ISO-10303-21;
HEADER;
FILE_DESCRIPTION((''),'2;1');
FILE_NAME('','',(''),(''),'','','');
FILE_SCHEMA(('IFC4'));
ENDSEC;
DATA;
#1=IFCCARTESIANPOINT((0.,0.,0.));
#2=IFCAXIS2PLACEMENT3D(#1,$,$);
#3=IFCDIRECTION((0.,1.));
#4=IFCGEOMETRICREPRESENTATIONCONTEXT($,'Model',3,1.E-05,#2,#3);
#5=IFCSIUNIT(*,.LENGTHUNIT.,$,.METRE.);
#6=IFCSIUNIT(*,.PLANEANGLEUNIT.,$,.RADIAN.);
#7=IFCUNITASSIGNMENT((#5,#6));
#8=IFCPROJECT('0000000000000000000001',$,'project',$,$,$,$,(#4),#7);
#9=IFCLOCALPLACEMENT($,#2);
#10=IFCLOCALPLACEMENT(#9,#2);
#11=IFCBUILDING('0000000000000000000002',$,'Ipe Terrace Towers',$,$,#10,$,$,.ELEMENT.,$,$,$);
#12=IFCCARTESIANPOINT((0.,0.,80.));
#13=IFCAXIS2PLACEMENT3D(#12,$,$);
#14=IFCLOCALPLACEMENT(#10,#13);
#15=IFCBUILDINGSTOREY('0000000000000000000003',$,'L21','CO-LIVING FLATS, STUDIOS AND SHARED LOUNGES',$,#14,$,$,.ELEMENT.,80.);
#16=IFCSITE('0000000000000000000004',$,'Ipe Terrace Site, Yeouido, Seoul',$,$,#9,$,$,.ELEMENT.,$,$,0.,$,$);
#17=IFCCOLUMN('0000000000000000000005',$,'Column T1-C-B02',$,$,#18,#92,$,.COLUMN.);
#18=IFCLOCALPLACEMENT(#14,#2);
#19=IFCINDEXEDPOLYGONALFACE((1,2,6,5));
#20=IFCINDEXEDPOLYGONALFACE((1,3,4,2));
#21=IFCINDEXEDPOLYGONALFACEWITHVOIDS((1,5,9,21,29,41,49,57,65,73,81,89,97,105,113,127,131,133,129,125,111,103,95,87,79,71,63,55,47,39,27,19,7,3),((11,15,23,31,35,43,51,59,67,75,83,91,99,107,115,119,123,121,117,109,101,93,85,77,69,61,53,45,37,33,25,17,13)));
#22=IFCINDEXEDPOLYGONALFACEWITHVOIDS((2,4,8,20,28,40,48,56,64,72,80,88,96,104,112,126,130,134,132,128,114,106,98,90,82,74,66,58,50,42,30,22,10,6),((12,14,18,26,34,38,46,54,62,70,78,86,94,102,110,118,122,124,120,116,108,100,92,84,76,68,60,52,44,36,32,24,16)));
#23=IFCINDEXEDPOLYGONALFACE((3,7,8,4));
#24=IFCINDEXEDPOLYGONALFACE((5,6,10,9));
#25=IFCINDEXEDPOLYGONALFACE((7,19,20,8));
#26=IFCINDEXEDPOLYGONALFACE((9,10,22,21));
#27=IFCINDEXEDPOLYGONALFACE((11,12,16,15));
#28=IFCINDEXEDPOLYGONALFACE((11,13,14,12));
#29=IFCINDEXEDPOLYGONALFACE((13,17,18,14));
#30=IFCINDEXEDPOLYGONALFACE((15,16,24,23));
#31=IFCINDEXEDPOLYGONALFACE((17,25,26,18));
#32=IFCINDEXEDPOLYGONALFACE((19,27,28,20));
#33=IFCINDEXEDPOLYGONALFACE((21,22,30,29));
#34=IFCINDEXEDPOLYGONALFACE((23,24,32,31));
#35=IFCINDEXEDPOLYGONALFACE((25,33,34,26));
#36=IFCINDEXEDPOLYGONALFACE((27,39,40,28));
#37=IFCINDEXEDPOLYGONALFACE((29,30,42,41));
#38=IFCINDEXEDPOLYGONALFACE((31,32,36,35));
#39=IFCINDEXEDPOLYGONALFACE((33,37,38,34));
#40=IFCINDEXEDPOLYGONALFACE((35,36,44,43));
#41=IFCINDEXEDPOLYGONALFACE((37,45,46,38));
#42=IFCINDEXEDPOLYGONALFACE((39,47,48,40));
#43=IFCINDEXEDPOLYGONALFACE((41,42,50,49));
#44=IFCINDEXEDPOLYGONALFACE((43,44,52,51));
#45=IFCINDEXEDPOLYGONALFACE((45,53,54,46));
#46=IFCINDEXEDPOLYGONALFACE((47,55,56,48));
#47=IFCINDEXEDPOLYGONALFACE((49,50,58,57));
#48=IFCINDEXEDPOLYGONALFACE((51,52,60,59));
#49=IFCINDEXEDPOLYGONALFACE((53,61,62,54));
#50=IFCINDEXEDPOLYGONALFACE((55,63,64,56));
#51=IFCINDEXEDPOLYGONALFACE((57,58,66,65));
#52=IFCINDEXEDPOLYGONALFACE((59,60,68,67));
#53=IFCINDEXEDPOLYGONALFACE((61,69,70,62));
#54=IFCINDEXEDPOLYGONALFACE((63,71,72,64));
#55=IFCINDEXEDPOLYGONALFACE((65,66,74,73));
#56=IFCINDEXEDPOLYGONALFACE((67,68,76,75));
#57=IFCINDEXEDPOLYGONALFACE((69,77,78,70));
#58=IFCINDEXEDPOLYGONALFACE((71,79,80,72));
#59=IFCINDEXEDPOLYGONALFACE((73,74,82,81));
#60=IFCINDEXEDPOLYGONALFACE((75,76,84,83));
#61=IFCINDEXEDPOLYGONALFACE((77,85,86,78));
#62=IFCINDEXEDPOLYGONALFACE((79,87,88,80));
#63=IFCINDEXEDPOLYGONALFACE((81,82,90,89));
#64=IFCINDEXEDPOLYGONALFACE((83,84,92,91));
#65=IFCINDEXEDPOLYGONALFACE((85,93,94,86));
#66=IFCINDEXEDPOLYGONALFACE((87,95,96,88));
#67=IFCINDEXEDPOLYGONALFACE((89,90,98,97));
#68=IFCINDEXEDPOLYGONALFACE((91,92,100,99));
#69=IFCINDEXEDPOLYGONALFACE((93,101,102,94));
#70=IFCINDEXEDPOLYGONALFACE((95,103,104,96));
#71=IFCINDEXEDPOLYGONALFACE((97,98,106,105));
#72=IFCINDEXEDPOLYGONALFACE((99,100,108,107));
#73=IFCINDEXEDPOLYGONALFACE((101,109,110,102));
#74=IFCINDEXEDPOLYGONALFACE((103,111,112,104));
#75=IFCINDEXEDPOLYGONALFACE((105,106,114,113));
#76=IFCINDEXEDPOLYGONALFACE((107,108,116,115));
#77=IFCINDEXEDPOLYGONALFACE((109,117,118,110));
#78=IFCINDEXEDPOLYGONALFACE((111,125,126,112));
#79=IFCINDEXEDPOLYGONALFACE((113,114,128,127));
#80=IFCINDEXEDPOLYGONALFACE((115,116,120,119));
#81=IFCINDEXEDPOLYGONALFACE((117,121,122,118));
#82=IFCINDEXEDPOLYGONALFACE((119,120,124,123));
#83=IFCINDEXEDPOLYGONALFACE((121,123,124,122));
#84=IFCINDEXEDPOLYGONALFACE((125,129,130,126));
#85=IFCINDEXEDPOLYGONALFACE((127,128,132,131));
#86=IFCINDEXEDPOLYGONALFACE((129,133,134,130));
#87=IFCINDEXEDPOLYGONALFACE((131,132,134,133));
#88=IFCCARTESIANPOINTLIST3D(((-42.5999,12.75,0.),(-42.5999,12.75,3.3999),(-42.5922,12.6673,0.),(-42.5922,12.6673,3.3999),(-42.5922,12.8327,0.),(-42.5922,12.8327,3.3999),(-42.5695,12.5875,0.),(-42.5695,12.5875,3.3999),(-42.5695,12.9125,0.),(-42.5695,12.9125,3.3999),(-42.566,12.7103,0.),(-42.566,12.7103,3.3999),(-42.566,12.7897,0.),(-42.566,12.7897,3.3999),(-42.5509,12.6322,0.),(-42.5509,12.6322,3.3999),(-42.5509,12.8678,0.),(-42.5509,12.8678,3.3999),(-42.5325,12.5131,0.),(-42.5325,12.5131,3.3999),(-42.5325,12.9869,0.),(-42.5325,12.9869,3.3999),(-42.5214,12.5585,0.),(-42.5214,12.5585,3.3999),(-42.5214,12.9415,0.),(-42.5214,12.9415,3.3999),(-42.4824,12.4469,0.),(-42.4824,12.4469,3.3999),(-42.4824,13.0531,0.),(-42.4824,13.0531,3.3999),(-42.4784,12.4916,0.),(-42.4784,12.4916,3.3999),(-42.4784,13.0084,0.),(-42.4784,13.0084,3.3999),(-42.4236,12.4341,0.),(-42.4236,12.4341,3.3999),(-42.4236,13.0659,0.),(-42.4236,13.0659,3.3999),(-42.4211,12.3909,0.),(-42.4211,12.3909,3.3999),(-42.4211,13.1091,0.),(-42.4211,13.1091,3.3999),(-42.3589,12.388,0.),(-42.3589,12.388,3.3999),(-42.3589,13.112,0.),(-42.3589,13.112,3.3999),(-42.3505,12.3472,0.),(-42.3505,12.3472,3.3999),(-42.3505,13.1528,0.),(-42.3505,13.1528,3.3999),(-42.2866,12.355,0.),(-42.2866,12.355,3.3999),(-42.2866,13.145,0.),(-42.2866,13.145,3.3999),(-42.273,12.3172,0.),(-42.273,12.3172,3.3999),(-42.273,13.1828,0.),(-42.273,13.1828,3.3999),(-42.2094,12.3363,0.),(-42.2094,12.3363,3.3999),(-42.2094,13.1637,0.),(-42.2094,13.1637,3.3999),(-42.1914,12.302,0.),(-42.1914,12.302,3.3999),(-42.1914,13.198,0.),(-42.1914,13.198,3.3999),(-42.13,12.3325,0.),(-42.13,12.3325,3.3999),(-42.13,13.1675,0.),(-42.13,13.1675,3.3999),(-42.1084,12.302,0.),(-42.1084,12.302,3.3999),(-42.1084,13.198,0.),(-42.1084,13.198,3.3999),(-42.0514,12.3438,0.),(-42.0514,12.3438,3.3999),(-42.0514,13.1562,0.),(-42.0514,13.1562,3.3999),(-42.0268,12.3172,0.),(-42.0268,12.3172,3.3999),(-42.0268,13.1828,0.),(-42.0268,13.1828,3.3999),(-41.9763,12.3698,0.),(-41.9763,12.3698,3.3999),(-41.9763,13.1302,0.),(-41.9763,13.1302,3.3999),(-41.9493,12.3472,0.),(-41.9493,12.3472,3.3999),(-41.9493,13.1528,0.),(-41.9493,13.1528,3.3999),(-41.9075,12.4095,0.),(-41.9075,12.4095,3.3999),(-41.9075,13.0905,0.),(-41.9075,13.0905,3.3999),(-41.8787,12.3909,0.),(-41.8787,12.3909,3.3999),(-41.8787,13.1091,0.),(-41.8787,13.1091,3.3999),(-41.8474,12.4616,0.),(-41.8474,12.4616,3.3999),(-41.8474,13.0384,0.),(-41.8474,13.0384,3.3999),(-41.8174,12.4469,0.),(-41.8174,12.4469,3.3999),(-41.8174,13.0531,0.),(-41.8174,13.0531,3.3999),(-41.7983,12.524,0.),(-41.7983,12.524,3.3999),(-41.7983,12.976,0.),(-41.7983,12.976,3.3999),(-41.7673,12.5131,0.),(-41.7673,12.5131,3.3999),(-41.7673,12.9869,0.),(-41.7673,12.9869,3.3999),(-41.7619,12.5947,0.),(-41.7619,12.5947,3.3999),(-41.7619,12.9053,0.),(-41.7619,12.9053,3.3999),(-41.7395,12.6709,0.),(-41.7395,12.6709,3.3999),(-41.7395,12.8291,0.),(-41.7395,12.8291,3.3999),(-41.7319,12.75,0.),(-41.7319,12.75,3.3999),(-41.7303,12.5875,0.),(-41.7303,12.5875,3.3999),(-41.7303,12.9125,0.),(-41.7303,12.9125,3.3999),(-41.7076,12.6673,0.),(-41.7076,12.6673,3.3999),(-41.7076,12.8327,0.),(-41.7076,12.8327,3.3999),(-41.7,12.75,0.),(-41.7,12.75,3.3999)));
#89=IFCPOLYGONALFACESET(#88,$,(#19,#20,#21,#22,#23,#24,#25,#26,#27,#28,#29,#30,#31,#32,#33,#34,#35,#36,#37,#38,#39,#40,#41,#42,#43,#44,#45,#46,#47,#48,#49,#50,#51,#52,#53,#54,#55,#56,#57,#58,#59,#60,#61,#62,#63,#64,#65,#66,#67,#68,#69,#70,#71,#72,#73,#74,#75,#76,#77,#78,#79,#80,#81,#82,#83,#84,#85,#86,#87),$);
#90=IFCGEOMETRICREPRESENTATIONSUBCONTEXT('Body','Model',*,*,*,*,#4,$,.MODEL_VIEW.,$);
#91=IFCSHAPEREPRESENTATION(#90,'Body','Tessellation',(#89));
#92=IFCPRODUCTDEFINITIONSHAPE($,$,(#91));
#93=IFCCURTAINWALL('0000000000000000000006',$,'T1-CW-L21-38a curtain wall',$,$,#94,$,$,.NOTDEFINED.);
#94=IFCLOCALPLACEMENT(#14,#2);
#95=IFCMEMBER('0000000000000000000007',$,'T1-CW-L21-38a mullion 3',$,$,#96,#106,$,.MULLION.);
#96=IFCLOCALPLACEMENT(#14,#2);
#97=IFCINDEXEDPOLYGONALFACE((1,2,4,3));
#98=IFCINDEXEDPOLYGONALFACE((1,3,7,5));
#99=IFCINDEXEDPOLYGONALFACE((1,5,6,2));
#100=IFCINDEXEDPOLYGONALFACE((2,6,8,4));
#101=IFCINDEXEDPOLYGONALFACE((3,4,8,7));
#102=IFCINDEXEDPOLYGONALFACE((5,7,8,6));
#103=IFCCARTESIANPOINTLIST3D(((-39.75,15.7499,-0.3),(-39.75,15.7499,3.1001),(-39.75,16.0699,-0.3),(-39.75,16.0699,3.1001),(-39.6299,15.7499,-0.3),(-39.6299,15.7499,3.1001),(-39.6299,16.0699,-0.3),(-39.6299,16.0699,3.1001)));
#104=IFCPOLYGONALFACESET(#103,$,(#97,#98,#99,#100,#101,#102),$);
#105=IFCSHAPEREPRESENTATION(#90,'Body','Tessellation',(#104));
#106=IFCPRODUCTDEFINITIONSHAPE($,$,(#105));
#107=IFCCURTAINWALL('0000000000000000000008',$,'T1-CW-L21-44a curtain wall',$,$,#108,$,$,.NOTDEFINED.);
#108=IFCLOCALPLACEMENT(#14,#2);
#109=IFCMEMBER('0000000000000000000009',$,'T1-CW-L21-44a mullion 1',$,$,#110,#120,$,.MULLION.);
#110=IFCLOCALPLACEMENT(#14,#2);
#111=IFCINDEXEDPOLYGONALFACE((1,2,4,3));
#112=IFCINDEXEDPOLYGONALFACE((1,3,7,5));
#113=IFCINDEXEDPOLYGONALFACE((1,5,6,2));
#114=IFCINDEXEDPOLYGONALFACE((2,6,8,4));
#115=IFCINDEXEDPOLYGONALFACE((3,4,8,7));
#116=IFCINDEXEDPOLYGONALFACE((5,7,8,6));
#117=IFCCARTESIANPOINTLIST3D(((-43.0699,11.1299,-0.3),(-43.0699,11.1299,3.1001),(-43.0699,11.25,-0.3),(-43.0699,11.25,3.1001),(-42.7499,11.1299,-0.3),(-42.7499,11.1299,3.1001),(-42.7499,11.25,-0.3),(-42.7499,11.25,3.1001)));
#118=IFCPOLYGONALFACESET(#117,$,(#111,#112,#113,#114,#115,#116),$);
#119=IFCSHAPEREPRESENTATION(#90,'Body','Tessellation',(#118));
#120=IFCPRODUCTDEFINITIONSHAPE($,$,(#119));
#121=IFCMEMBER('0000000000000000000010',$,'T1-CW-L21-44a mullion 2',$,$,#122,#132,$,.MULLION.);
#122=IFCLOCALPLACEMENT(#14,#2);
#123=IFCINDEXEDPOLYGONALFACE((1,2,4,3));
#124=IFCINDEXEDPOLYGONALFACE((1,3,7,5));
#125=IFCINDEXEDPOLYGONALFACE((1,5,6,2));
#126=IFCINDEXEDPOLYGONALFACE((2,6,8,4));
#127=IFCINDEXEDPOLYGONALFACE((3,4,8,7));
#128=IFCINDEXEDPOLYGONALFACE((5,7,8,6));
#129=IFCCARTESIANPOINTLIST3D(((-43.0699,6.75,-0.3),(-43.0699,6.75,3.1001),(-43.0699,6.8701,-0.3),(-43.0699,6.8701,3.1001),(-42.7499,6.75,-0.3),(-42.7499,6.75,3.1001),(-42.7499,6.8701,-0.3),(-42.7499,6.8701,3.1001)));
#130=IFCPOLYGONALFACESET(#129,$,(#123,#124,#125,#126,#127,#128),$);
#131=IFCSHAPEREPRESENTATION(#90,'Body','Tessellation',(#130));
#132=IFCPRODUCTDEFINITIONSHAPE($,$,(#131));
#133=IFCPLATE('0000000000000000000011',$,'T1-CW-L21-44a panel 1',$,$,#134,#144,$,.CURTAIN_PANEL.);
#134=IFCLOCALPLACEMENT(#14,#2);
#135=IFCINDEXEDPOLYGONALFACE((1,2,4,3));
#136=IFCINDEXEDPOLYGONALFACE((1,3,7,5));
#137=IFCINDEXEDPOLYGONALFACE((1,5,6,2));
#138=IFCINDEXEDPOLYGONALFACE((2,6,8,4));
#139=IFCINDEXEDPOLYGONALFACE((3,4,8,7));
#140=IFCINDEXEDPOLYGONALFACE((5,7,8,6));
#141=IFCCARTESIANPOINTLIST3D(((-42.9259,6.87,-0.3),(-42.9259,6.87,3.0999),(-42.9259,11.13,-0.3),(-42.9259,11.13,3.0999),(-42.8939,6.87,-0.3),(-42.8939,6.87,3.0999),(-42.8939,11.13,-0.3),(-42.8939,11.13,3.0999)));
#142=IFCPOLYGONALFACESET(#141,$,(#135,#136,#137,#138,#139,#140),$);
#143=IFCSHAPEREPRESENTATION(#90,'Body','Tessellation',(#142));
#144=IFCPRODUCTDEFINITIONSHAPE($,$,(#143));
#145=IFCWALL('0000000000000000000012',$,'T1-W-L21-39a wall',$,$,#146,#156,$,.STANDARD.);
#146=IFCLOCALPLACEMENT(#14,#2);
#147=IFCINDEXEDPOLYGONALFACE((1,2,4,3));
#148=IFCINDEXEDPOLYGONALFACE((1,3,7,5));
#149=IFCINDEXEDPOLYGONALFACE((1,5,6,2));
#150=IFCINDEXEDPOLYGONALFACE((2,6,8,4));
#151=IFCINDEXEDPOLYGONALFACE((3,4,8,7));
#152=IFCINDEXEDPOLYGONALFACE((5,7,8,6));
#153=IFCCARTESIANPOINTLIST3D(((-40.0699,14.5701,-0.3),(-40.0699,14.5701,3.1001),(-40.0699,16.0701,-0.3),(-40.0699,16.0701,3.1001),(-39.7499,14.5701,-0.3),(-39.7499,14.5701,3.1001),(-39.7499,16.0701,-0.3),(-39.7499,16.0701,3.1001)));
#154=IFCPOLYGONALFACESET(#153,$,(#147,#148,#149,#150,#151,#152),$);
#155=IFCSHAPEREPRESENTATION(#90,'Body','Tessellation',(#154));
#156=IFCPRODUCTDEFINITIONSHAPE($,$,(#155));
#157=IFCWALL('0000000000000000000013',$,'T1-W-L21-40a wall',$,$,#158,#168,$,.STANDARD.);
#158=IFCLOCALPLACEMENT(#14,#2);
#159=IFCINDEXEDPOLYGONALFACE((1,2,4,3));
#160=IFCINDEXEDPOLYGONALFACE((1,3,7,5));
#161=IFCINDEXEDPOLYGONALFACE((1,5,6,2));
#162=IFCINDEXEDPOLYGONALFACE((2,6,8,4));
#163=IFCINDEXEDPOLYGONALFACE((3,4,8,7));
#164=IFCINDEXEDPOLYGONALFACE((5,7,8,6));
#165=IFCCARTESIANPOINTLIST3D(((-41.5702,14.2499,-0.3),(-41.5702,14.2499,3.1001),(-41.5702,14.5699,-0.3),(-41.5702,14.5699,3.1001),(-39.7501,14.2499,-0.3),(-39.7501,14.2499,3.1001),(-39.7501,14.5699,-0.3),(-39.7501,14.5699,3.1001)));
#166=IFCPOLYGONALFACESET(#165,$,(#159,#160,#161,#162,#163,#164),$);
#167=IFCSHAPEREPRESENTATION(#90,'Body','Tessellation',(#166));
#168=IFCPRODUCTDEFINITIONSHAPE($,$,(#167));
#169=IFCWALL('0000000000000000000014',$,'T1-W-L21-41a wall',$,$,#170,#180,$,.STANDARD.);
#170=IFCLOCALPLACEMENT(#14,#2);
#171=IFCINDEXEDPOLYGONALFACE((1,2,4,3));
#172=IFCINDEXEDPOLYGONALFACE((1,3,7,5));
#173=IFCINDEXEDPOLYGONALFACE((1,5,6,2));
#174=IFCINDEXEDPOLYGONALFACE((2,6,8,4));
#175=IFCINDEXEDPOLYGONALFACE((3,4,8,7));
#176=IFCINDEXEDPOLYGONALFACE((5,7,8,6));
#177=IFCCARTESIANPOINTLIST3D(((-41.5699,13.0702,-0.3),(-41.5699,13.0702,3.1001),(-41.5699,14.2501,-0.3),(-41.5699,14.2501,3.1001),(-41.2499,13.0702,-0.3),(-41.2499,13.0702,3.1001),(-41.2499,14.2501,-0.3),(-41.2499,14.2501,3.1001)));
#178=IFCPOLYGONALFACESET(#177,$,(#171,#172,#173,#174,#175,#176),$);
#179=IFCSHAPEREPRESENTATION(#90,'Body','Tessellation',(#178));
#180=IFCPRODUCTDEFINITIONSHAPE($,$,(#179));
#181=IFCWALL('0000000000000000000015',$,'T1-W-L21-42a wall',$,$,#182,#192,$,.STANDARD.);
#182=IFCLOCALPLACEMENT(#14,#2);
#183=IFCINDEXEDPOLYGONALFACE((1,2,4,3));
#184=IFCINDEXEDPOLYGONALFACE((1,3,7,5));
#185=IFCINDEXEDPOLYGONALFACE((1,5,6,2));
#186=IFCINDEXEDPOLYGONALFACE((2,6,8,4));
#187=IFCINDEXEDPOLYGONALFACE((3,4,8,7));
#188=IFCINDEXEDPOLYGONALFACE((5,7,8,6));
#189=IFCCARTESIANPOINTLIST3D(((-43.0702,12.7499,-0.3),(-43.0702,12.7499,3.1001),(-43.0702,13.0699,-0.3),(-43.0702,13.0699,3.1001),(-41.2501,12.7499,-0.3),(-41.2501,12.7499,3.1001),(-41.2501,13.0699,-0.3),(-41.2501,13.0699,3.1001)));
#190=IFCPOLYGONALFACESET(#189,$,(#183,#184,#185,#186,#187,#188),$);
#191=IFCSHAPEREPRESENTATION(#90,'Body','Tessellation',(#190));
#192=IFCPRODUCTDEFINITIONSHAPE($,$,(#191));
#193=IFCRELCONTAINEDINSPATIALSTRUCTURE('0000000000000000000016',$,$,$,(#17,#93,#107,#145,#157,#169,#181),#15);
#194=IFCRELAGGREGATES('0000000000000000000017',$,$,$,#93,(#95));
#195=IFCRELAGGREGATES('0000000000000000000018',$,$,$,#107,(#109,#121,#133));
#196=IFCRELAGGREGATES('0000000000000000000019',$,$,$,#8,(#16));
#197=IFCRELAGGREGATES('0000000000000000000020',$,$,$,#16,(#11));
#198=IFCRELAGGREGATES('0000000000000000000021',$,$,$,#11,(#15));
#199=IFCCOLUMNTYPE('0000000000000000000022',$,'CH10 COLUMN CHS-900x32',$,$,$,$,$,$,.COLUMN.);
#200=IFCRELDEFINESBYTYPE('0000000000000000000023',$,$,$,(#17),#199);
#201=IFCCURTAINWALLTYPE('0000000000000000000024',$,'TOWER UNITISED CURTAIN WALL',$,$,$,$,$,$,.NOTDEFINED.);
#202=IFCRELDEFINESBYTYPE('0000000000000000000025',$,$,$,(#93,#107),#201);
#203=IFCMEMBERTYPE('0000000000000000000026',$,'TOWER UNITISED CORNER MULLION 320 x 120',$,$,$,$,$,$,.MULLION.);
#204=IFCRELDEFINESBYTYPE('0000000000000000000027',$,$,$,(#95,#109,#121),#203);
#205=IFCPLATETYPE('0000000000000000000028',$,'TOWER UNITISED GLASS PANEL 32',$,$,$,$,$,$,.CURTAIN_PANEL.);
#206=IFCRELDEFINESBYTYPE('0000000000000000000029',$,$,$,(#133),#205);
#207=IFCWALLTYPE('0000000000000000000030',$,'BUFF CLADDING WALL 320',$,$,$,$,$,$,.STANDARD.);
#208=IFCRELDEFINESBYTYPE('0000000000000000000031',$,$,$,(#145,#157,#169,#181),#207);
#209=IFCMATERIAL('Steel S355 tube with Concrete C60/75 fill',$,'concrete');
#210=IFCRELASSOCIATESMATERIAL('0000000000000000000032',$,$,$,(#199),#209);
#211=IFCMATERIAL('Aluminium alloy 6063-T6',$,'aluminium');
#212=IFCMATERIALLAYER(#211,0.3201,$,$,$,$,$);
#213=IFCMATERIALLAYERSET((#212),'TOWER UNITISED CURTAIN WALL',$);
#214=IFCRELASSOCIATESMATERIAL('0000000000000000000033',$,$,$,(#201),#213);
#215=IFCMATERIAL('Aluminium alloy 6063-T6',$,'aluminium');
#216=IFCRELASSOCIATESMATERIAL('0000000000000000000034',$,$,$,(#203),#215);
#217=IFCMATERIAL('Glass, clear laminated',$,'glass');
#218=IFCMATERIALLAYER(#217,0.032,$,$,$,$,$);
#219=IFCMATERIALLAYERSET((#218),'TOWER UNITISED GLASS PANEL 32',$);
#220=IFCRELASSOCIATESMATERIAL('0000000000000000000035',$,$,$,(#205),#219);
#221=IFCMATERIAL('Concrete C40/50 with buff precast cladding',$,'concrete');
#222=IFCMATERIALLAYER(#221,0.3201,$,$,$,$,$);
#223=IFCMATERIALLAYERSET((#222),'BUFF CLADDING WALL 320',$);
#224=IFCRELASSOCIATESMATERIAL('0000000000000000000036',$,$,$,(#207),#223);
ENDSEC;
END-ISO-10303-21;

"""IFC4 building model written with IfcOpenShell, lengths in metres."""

from ifc_helpers import new_model, si_unit, direction, frame, frame_2d, origin, origin_2d, place, context, subcontext, project, spatial, rectangle, hollow_circle, extrude, material, layer, layer_set, material_profile, profile_set, type_object, element, aggregate, save


model = new_model("IFC4")

# Units and contexts
model_context = context("Model", 3, precision=1e-05, world=origin(), true_north=direction((0.0, 1.0)))
body_context = subcontext(model_context, "Body", "Model", "MODEL_VIEW")
ifc_project = project(units=[si_unit("LENGTHUNIT", "METRE"), si_unit("PLANEANGLEUNIT", "RADIAN")], contexts=[model_context])

# Site, building, storey
site_placement = place(None, origin())
site = spatial("IfcSite", under=ifc_project, at=site_placement, Name="Ipe Terrace Site, Yeouido, Seoul", CompositionType="ELEMENT", RefElevation=0.0)
building_placement = place(site_placement, origin())
building = spatial("IfcBuilding", under=site, at=building_placement, Name="Ipe Terrace Towers", CompositionType="ELEMENT")
storey_placement = place(building_placement, frame((0.0, 0.0, 80.0)))
storey = spatial("IfcBuildingStorey", under=building, at=storey_placement, Name="L21", Description="CO-LIVING FLATS, STUDIOS AND SHARED LOUNGES", CompositionType="ELEMENT", Elevation=80.0)

# Column
ifc_material_1 = material(Name="Steel S355 tube with Concrete C60/75 fill", Category="concrete")
ifc_material_profile_1 = material_profile(ifc_material_1, hollow_circle(Radius=0.45, WallThickness=0.032, at=origin_2d()), Name="CHS-900x32")
ifc_profile_set_1 = profile_set([ifc_material_profile_1], Name="Steel S355 tube with Concrete C60/75 fill")
column_type = type_object("IfcColumnType", Name="CH10 COLUMN CHS-900x32", PredefinedType="COLUMN", material=ifc_profile_set_1)
column_placement = place(storey_placement, frame((-42.1499, 12.75, 0.0), z_axis=(0.0, 0.0, 1.0), x_axis=(1.0, 0.0, 0.0)))
element("IfcColumn", 1, at=column_placement, inside=storey, type_object=column_type, Name="Column T1-C-B02", PredefinedType="COLUMN", context=body_context, shape_type="SweptSolid", body=[
    extrude(hollow_circle(Radius=0.45, WallThickness=0.032, at=origin_2d()), origin(), (0.0, 0.0, 1.0), 3.3999),
])

# Curtain wall, member
ifc_material_2 = material(Name="Aluminium alloy 6063-T6", Category="aluminium")
ifc_layer_1 = layer(ifc_material_2, 0.3201)
ifc_layer_set_1 = layer_set([ifc_layer_1], Name="TOWER UNITISED CURTAIN WALL")
curtain_wall_type = type_object("IfcCurtainWallType", Name="TOWER UNITISED CURTAIN WALL", PredefinedType="NOTDEFINED", material=ifc_layer_set_1)
curtain_wall_1_placement = place(storey_placement, origin())
curtain_wall_1 = element("IfcCurtainWall", 2, at=curtain_wall_1_placement, inside=storey, type_object=curtain_wall_type, Name="T1-CW-L21-38a curtain wall", PredefinedType="NOTDEFINED")
ifc_material_3 = material(Name="Aluminium alloy 6063-T6", Category="aluminium")
ifc_material_profile_2 = material_profile(ifc_material_3, rectangle(XDim=0.3201, YDim=0.1201, at=origin_2d()), Name="TOWER UNITISED CORNER MULLION 320 x 120")
ifc_profile_set_2 = profile_set([ifc_material_profile_2], Name="Aluminium alloy 6063-T6")
member_type = type_object("IfcMemberType", Name="TOWER UNITISED CORNER MULLION 320 x 120", PredefinedType="MULLION", material=ifc_profile_set_2)
member_1_placement = place(storey_placement, frame((-39.6899, 15.9099, -0.3), z_axis=(0.0, 0.0, 1.0), x_axis=(0.0, 1.0, 0.0)))
member_1 = element("IfcMember", 3, at=member_1_placement, type_object=member_type, Name="T1-CW-L21-38a mullion 3", PredefinedType="MULLION", context=body_context, shape_type="SweptSolid", body=[
    extrude(rectangle(XDim=0.3201, YDim=0.1201, at=origin_2d()), origin(), (0.0, 0.0, 1.0), 3.4001),
])
aggregate(curtain_wall_1, [member_1])

# Curtain wall, members, plate
curtain_wall_2_placement = place(storey_placement, origin())
curtain_wall_2 = element("IfcCurtainWall", 4, at=curtain_wall_2_placement, inside=storey, type_object=curtain_wall_type, Name="T1-CW-L21-44a curtain wall", PredefinedType="NOTDEFINED")
member_2_placement = place(storey_placement, frame((-42.9099, 11.1899, -0.3), z_axis=(0.0, 0.0, 1.0), x_axis=(-1.0, 0.0, 0.0)))
member_2 = element("IfcMember", 5, at=member_2_placement, type_object=member_type, Name="T1-CW-L21-44a mullion 1", PredefinedType="MULLION", context=body_context, shape_type="SweptSolid", body=[
    extrude(rectangle(XDim=0.3201, YDim=0.1201, at=origin_2d()), origin(), (0.0, 0.0, 1.0), 3.4001),
])
member_3_placement = place(storey_placement, frame((-42.9099, 6.8101, -0.3), z_axis=(0.0, 0.0, 1.0), x_axis=(-1.0, 0.0, 0.0)))
member_3 = element("IfcMember", 6, at=member_3_placement, type_object=member_type, Name="T1-CW-L21-44a mullion 2", PredefinedType="MULLION", context=body_context, shape_type="SweptSolid", body=[
    extrude(rectangle(XDim=0.3201, YDim=0.1201, at=origin_2d()), origin(), (0.0, 0.0, 1.0), 3.4001),
])
ifc_material_4 = material(Name="Glass, clear laminated", Category="glass")
ifc_layer_2 = layer(ifc_material_4, 0.032)
ifc_layer_set_2 = layer_set([ifc_layer_2], Name="TOWER UNITISED GLASS PANEL 32")
plate_type = type_object("IfcPlateType", Name="TOWER UNITISED GLASS PANEL 32", PredefinedType="CURTAIN_PANEL", material=ifc_layer_set_2)
plate_placement = place(storey_placement, frame((-42.9099, 9.0, -0.3), z_axis=(0.0, 0.0, 1.0), x_axis=(0.0, -1.0, 0.0)))
plate = element("IfcPlate", 7, at=plate_placement, type_object=plate_type, Name="T1-CW-L21-44a panel 1", PredefinedType="CURTAIN_PANEL", context=body_context, shape_type="SweptSolid", body=[
    extrude(rectangle(XDim=4.26, YDim=0.032, at=origin_2d()), origin(), (0.0, 0.0, 1.0), 3.3999),
])
aggregate(curtain_wall_2, [member_2, member_3, plate])

# Walls
ifc_material_5 = material(Name="Concrete C40/50 with buff precast cladding", Category="concrete")
ifc_layer_3 = layer(ifc_material_5, 0.3201)
ifc_layer_set_3 = layer_set([ifc_layer_3], Name="BUFF CLADDING WALL 320")
wall_type_1 = type_object("IfcWallType", Name="BUFF CLADDING WALL 320", PredefinedType="STANDARD", material=ifc_layer_set_3)
wall_1_placement = place(storey_placement, frame((-39.9099, 16.0701, -0.3), z_axis=(0.0, 0.0, 1.0), x_axis=(0.0, -1.0, 0.0)))
element("IfcWall", 8, at=wall_1_placement, inside=storey, type_object=wall_type_1, Name="T1-W-L21-39a wall", PredefinedType="STANDARD", context=body_context, shape_type="SweptSolid", body=[
    extrude(rectangle(XDim=1.5, YDim=0.3201, at=frame_2d((0.75, 0.0))), origin(), (0.0, 0.0, 1.0), 3.4001),
])
wall_2_placement = place(storey_placement, frame((-39.75, 14.4099, -0.3), z_axis=(0.0, 0.0, 1.0), x_axis=(-1.0, 0.0, 0.0)))
element("IfcWall", 9, at=wall_2_placement, inside=storey, type_object=wall_type_1, Name="T1-W-L21-40a wall", PredefinedType="STANDARD", context=body_context, shape_type="SweptSolid", body=[
    extrude(rectangle(XDim=1.8201, YDim=0.3201, at=frame_2d((0.9102, 0.0))), origin(), (0.0, 0.0, 1.0), 3.4001),
])
wall_3_placement = place(storey_placement, frame((-41.4099, 14.25, -0.3), z_axis=(0.0, 0.0, 1.0), x_axis=(0.0, -1.0, 0.0)))
element("IfcWall", 10, at=wall_3_placement, inside=storey, type_object=wall_type_1, Name="T1-W-L21-41a wall", PredefinedType="STANDARD", context=body_context, shape_type="SweptSolid", body=[
    extrude(rectangle(XDim=1.1799, YDim=0.3201, at=frame_2d((0.5898, 0.0))), origin(), (0.0, 0.0, 1.0), 3.4001),
])
wall_4_placement = place(storey_placement, frame((-41.25, 12.9099, -0.3), z_axis=(0.0, 0.0, 1.0), x_axis=(-1.0, 0.0, 0.0)))
element("IfcWall", 11, at=wall_4_placement, inside=storey, type_object=wall_type_1, Name="T1-W-L21-42a wall", PredefinedType="STANDARD", context=body_context, shape_type="SweptSolid", body=[
    extrude(rectangle(XDim=1.8201, YDim=0.3201, at=frame_2d((0.9102, 0.0))), origin(), (0.0, 0.0, 1.0), 3.4001),
])

save(model, "model.ifc")
